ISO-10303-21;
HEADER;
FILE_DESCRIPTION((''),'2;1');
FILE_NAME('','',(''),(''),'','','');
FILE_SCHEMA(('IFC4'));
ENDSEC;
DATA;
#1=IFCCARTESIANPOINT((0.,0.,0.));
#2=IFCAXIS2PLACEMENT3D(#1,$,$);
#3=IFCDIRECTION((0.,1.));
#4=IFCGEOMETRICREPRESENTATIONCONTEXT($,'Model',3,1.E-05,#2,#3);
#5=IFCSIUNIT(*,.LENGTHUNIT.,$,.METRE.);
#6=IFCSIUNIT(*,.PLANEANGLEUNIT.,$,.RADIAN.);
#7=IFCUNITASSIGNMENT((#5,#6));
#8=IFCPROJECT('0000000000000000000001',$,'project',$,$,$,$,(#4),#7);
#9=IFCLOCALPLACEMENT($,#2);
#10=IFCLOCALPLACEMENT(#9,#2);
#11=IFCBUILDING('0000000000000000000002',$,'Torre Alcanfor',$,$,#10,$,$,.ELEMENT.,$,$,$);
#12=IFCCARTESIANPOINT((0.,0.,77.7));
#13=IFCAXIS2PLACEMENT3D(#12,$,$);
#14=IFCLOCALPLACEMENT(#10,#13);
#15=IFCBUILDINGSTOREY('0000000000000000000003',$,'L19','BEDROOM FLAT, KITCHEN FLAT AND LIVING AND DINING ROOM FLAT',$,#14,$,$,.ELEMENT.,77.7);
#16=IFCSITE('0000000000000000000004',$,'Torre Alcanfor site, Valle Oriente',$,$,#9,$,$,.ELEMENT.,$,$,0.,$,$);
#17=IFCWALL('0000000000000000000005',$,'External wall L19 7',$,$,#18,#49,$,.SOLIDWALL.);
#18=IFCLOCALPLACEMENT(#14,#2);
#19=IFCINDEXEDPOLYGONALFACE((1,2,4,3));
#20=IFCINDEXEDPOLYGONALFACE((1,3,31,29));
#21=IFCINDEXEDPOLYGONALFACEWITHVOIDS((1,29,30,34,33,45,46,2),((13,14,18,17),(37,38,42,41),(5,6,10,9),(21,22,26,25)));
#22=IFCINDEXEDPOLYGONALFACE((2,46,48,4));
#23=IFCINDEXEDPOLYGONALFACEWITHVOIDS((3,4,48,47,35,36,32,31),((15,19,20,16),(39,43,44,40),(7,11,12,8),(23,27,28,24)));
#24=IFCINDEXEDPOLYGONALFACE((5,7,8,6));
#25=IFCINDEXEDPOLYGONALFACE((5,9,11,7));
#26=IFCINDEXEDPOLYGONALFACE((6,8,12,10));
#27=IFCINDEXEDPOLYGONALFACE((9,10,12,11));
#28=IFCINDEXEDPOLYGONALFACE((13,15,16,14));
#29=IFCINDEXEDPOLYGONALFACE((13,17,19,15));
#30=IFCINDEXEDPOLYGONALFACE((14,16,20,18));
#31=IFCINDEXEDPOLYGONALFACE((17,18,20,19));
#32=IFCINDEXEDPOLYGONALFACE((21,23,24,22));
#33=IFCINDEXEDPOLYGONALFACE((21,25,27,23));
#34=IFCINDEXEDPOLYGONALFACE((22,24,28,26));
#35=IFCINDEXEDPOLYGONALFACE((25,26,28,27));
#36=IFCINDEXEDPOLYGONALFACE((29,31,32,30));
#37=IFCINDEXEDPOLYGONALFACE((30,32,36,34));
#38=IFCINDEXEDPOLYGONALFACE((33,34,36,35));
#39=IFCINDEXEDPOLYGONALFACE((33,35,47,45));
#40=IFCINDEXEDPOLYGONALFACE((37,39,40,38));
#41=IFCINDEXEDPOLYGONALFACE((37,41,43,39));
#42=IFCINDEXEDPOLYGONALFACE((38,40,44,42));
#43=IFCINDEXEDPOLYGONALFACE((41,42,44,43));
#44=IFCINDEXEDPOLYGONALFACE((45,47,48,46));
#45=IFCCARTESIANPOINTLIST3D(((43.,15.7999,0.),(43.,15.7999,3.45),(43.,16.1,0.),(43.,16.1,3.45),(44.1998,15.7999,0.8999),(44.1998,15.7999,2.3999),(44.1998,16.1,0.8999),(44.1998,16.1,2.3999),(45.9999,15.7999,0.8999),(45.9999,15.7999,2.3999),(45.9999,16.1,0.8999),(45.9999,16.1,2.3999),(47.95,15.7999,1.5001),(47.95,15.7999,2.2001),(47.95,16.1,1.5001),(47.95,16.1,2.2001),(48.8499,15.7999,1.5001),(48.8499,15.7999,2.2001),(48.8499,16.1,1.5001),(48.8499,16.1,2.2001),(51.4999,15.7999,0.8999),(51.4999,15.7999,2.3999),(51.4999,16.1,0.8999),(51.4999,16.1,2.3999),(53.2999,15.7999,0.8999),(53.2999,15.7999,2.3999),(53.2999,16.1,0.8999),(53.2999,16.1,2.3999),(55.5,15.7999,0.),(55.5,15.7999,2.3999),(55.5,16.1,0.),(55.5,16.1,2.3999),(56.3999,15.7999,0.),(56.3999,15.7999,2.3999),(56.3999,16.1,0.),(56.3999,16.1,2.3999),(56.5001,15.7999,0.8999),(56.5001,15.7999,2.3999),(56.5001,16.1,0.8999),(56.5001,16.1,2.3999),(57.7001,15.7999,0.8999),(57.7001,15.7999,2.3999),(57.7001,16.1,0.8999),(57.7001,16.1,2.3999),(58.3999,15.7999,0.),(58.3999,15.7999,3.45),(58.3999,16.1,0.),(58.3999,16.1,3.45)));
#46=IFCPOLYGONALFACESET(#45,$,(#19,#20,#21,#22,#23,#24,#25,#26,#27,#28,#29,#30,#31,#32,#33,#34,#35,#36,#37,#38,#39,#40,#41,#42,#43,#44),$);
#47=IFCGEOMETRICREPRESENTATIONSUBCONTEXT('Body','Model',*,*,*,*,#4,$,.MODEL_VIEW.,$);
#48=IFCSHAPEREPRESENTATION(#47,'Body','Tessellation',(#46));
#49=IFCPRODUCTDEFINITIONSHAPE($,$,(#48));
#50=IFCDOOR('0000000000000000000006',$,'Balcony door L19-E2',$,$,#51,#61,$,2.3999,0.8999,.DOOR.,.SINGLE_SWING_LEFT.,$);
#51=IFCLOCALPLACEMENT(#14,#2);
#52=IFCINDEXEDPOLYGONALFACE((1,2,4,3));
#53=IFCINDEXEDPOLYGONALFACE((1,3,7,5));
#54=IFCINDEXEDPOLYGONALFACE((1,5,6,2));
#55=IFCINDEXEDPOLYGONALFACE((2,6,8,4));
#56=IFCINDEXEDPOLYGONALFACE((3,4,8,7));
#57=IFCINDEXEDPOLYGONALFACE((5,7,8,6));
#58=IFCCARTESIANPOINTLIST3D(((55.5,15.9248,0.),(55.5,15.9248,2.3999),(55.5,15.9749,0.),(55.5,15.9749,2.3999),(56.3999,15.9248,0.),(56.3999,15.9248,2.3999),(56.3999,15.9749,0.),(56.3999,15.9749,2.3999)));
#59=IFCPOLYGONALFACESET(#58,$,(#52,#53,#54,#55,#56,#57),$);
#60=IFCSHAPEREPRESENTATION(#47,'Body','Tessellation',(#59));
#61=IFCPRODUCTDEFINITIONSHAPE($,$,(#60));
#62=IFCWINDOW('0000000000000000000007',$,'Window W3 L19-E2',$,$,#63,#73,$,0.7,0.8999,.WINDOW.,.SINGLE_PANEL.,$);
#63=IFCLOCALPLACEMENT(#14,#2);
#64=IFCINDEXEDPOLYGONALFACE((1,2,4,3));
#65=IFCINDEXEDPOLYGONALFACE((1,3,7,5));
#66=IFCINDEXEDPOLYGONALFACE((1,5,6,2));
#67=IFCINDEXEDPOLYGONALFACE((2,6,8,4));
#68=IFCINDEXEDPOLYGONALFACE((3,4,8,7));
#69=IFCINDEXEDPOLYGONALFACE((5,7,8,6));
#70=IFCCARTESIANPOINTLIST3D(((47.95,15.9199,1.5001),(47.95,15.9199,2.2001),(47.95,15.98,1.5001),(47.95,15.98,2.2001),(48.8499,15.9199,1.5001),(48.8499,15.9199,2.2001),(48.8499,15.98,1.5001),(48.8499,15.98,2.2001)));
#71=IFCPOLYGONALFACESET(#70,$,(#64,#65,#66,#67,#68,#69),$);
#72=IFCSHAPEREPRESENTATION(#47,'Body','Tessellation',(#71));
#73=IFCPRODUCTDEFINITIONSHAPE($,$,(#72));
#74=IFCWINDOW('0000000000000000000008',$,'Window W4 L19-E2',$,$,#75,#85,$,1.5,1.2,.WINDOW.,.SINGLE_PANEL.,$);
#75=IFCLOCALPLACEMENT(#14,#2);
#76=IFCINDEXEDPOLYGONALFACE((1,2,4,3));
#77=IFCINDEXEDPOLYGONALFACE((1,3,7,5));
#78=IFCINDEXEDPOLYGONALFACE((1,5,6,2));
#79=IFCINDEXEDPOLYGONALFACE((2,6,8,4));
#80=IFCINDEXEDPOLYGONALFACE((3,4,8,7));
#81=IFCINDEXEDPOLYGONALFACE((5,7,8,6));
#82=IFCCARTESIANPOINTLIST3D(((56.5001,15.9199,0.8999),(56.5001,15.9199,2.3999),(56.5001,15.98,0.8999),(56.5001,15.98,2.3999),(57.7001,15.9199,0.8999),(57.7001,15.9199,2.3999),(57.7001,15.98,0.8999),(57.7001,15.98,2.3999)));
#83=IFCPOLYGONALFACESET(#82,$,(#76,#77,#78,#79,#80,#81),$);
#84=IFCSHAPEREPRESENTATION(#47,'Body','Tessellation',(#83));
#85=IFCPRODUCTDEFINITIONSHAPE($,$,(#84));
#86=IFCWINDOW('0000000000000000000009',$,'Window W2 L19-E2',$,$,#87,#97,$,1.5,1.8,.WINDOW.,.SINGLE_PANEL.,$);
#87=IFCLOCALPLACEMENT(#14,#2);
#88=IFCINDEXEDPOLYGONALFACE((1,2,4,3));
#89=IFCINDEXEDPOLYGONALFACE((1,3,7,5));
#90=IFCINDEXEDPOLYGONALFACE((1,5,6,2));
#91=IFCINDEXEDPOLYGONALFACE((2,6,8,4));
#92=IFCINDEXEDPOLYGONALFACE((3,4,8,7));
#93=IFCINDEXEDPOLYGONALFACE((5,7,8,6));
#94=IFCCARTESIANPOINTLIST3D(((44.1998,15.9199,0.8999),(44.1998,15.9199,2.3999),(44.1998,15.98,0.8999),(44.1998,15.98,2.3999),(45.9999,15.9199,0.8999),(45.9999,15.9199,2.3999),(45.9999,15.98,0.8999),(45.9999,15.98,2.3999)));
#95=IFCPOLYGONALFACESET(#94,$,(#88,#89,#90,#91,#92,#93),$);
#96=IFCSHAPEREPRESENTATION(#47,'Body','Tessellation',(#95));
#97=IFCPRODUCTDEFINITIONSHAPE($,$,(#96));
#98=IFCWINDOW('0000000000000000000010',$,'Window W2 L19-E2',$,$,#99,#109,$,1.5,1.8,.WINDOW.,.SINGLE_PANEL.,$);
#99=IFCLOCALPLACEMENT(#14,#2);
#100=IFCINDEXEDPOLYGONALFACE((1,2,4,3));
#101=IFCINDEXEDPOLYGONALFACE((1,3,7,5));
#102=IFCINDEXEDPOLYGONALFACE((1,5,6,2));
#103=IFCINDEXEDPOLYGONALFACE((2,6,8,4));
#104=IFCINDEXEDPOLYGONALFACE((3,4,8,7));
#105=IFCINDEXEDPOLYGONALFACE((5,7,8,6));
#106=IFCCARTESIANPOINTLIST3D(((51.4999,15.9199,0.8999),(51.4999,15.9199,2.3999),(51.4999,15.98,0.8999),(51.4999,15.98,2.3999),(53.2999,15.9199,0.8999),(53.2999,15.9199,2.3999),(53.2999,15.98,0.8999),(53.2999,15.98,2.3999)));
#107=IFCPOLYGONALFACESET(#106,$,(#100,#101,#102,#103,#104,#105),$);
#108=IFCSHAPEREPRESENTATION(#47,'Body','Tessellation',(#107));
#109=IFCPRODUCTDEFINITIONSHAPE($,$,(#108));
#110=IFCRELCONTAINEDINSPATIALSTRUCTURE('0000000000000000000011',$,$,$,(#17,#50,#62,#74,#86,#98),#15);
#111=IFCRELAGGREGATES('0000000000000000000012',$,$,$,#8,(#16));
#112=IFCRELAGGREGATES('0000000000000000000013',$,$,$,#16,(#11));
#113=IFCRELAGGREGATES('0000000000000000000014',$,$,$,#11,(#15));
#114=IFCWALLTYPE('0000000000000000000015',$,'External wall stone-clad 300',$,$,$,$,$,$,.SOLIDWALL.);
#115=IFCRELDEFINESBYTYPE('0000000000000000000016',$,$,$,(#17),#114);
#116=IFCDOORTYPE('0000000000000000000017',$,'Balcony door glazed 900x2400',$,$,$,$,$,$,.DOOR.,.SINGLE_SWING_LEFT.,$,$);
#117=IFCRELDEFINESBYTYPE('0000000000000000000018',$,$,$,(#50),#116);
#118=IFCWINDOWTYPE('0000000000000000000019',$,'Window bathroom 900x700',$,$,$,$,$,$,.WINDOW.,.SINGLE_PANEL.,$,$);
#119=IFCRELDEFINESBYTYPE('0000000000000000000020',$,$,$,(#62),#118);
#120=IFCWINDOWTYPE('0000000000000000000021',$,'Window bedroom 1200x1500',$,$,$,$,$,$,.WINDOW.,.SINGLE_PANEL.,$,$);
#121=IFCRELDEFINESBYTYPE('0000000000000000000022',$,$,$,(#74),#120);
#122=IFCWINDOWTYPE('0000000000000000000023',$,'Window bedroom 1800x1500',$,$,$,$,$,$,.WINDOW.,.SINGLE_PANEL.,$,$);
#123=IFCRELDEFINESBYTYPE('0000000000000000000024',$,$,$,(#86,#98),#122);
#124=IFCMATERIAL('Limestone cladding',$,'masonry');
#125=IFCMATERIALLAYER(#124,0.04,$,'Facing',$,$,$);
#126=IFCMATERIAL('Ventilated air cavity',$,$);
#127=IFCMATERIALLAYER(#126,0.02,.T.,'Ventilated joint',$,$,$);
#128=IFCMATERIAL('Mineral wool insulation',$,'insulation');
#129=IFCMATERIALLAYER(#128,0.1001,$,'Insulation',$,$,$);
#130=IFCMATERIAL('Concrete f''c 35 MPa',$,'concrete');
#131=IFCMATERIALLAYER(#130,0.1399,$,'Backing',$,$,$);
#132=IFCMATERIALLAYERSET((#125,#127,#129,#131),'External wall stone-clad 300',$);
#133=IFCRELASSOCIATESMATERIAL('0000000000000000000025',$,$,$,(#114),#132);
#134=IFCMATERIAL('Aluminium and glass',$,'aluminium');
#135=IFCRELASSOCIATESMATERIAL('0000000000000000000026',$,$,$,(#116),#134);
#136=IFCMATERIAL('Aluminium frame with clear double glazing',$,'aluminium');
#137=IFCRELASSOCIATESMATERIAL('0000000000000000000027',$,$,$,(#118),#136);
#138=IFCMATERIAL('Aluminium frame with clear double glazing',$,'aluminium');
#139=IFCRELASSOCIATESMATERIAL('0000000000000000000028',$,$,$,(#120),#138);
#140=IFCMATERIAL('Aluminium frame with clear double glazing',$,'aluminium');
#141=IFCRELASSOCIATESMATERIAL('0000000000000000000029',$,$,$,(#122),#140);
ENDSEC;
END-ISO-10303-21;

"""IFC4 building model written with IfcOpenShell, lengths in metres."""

from ifc_helpers import new_model, si_unit, direction, frame, frame_2d, origin, place, context, subcontext, project, spatial, rectangle, extrude, material, layer, layer_set, type_object, element, fill, save


model = new_model("IFC4")

# Units and contexts
model_context = context("Model", 3, precision=1e-05, world=origin(), true_north=direction((0.0, 1.0)))
body_context = subcontext(model_context, "Body", "Model", "MODEL_VIEW")
ifc_project = project(units=[si_unit("LENGTHUNIT", "METRE"), si_unit("PLANEANGLEUNIT", "RADIAN")], contexts=[model_context])

# Site, building, storey
site_placement = place(None, origin())
site = spatial("IfcSite", under=ifc_project, at=site_placement, Name="Torre Alcanfor site, Valle Oriente", CompositionType="ELEMENT", RefElevation=0.0)
building_placement = place(site_placement, origin())
building = spatial("IfcBuilding", under=site, at=building_placement, Name="Torre Alcanfor", CompositionType="ELEMENT")
storey_placement = place(building_placement, frame((0.0, 0.0, 77.7)))
storey = spatial("IfcBuildingStorey", under=building, at=storey_placement, Name="L19", Description="BEDROOM FLAT, KITCHEN FLAT AND LIVING AND DINING ROOM FLAT", CompositionType="ELEMENT", Elevation=77.7)

# Wall, openings, door, windows
ifc_material_1 = material(Name="Limestone cladding", Category="masonry")
ifc_layer_1 = layer(ifc_material_1, 0.04, Name="Facing")
ifc_material_2 = material(Name="Ventilated air cavity")
ifc_layer_2 = layer(ifc_material_2, 0.02, ventilated=True, Name="Ventilated joint")
ifc_material_3 = material(Name="Mineral wool insulation", Category="insulation")
ifc_layer_3 = layer(ifc_material_3, 0.1001, Name="Insulation")
ifc_material_4 = material(Name="Concrete f'c 35 MPa", Category="concrete")
ifc_layer_4 = layer(ifc_material_4, 0.1399, Name="Backing")
ifc_layer_set_1 = layer_set([ifc_layer_1, ifc_layer_2, ifc_layer_3, ifc_layer_4], Name="External wall stone-clad 300")
wall_type_1 = type_object("IfcWallType", Name="External wall stone-clad 300", PredefinedType="SOLIDWALL", material=ifc_layer_set_1)
ifc_material_5 = material(Name="Aluminium and glass", Category="aluminium")
door_type = type_object("IfcDoorType", Name="Balcony door glazed 900x2400", OperationType="SINGLE_SWING_LEFT", PredefinedType="DOOR", material=ifc_material_5)
ifc_material_6 = material(Name="Aluminium frame with clear double glazing", Category="aluminium")
window_type_1 = type_object("IfcWindowType", Name="Window bathroom 900x700", PartitioningType="SINGLE_PANEL", PredefinedType="WINDOW", material=ifc_material_6)
ifc_material_7 = material(Name="Aluminium frame with clear double glazing", Category="aluminium")
window_type_2 = type_object("IfcWindowType", Name="Window bedroom 1200x1500", PartitioningType="SINGLE_PANEL", PredefinedType="WINDOW", material=ifc_material_7)
ifc_material_8 = material(Name="Aluminium frame with clear double glazing", Category="aluminium")
window_type_3 = type_object("IfcWindowType", Name="Window bedroom 1800x1500", PartitioningType="SINGLE_PANEL", PredefinedType="WINDOW", material=ifc_material_8)
wall_1_placement = place(storey_placement, frame((43.0, 15.95, 0.0), z_axis=(0.0, 0.0, 1.0), x_axis=(1.0, 0.0, 0.0)))
wall_1 = element("IfcWall", 1, at=wall_1_placement, inside=storey, type_object=wall_type_1, Name="External wall L19 7", PredefinedType="SOLIDWALL", context=body_context, shape_type="SweptSolid", body=[
    extrude(rectangle(XDim=15.3999, YDim=0.3, at=frame_2d((7.7, 0.0))), origin(), (0.0, 0.0, 1.0), 3.45),
])
opening_1_placement = place(wall_1_placement, frame((1.2, 0.0, 0.8999)))
opening_1 = element("IfcOpeningElement", 2, at=opening_1_placement, cuts=wall_1, PredefinedType="OPENING", context=body_context, shape_type="SweptSolid", body=[
    extrude(rectangle(XDim=1.8, YDim=1.5, at=frame_2d((0.8999, 0.75))), frame((0.0, 0.1599, 0.0), z_axis=(0.0, -1.0, 0.0), x_axis=(1.0, 0.0, 0.0)), (0.0, 0.0, 1.0), 0.3201),
])
opening_2_placement = place(wall_1_placement, frame((4.95, 0.0, 1.5)))
opening_2 = element("IfcOpeningElement", 3, at=opening_2_placement, cuts=wall_1, PredefinedType="OPENING", context=body_context, shape_type="SweptSolid", body=[
    extrude(rectangle(XDim=0.8999, YDim=0.7, at=frame_2d((0.45, 0.3501))), frame((0.0, 0.1599, 0.0), z_axis=(0.0, -1.0, 0.0), x_axis=(1.0, 0.0, 0.0)), (0.0, 0.0, 1.0), 0.3201),
])
opening_3_placement = place(wall_1_placement, frame((8.5, 0.0, 0.8999)))
opening_3 = element("IfcOpeningElement", 4, at=opening_3_placement, cuts=wall_1, PredefinedType="OPENING", context=body_context, shape_type="SweptSolid", body=[
    extrude(rectangle(XDim=1.8, YDim=1.5, at=frame_2d((0.8999, 0.75))), frame((0.0, 0.1599, 0.0), z_axis=(0.0, -1.0, 0.0), x_axis=(1.0, 0.0, 0.0)), (0.0, 0.0, 1.0), 0.3201),
])
opening_4_placement = place(wall_1_placement, frame((12.5, 0.0, 0.0)))
opening_4 = element("IfcOpeningElement", 5, at=opening_4_placement, cuts=wall_1, PredefinedType="OPENING", context=body_context, shape_type="SweptSolid", body=[
    extrude(rectangle(XDim=0.8999, YDim=2.3999, at=frame_2d((0.45, 1.2))), frame((0.0, 0.1599, 0.0), z_axis=(0.0, -1.0, 0.0), x_axis=(1.0, 0.0, 0.0)), (0.0, 0.0, 1.0), 0.3201),
])
opening_5_placement = place(wall_1_placement, frame((13.5, 0.0, 0.8999)))
opening_5 = element("IfcOpeningElement", 6, at=opening_5_placement, cuts=wall_1, PredefinedType="OPENING", context=body_context, shape_type="SweptSolid", body=[
    extrude(rectangle(XDim=1.2, YDim=1.5, at=frame_2d((0.6001, 0.75))), frame((0.0, 0.1599, 0.0), z_axis=(0.0, -1.0, 0.0), x_axis=(1.0, 0.0, 0.0)), (0.0, 0.0, 1.0), 0.3201),
])
door_1_placement = place(opening_4_placement, origin())
door_1 = element("IfcDoor", 7, at=door_1_placement, inside=storey, type_object=door_type, Name="Balcony door L19-E2", OperationType="SINGLE_SWING_LEFT", OverallHeight=2.3999, OverallWidth=0.8999, PredefinedType="DOOR", context=body_context, shape_type="SweptSolid", body=[
    extrude(rectangle(XDim=0.8999, YDim=2.3999, at=frame_2d((0.45, 1.2))), frame((0.0, 0.0249, 0.0), z_axis=(0.0, -1.0, 0.0), x_axis=(1.0, 0.0, 0.0)), (0.0, 0.0, 1.0), 0.05),
])
fill(opening_4, door_1)
window_1_placement = place(opening_2_placement, origin())
window_1 = element("IfcWindow", 8, at=window_1_placement, inside=storey, type_object=window_type_1, Name="Window W3 L19-E2", OverallHeight=0.7, OverallWidth=0.8999, PartitioningType="SINGLE_PANEL", PredefinedType="WINDOW", context=body_context, shape_type="SweptSolid", body=[
    extrude(rectangle(XDim=0.8999, YDim=0.7, at=frame_2d((0.45, 0.3501))), frame((0.0, 0.03, 0.0), z_axis=(0.0, -1.0, 0.0), x_axis=(1.0, 0.0, 0.0)), (0.0, 0.0, 1.0), 0.0601),
])
fill(opening_2, window_1)
window_2_placement = place(opening_5_placement, origin())
window_2 = element("IfcWindow", 9, at=window_2_placement, inside=storey, type_object=window_type_2, Name="Window W4 L19-E2", OverallHeight=1.5, OverallWidth=1.2, PartitioningType="SINGLE_PANEL", PredefinedType="WINDOW", context=body_context, shape_type="SweptSolid", body=[
    extrude(rectangle(XDim=1.2, YDim=1.5, at=frame_2d((0.6001, 0.75))), frame((0.0, 0.03, 0.0), z_axis=(0.0, -1.0, 0.0), x_axis=(1.0, 0.0, 0.0)), (0.0, 0.0, 1.0), 0.0601),
])
fill(opening_5, window_2)
window_3_placement = place(opening_1_placement, origin())
window_3 = element("IfcWindow", 10, at=window_3_placement, inside=storey, type_object=window_type_3, Name="Window W2 L19-E2", OverallHeight=1.5, OverallWidth=1.8, PartitioningType="SINGLE_PANEL", PredefinedType="WINDOW", context=body_context, shape_type="SweptSolid", body=[
    extrude(rectangle(XDim=1.8, YDim=1.5, at=frame_2d((0.8999, 0.75))), frame((0.0, 0.03, 0.0), z_axis=(0.0, -1.0, 0.0), x_axis=(1.0, 0.0, 0.0)), (0.0, 0.0, 1.0), 0.0601),
])
fill(opening_1, window_3)
window_4_placement = place(opening_3_placement, origin())
window_4 = element("IfcWindow", 11, at=window_4_placement, inside=storey, type_object=window_type_3, Name="Window W2 L19-E2", OverallHeight=1.5, OverallWidth=1.8, PartitioningType="SINGLE_PANEL", PredefinedType="WINDOW", context=body_context, shape_type="SweptSolid", body=[
    extrude(rectangle(XDim=1.8, YDim=1.5, at=frame_2d((0.8999, 0.75))), frame((0.0, 0.03, 0.0), z_axis=(0.0, -1.0, 0.0), x_axis=(1.0, 0.0, 0.0)), (0.0, 0.0, 1.0), 0.0601),
])
fill(opening_3, window_4)

save(model, "model.ifc")
